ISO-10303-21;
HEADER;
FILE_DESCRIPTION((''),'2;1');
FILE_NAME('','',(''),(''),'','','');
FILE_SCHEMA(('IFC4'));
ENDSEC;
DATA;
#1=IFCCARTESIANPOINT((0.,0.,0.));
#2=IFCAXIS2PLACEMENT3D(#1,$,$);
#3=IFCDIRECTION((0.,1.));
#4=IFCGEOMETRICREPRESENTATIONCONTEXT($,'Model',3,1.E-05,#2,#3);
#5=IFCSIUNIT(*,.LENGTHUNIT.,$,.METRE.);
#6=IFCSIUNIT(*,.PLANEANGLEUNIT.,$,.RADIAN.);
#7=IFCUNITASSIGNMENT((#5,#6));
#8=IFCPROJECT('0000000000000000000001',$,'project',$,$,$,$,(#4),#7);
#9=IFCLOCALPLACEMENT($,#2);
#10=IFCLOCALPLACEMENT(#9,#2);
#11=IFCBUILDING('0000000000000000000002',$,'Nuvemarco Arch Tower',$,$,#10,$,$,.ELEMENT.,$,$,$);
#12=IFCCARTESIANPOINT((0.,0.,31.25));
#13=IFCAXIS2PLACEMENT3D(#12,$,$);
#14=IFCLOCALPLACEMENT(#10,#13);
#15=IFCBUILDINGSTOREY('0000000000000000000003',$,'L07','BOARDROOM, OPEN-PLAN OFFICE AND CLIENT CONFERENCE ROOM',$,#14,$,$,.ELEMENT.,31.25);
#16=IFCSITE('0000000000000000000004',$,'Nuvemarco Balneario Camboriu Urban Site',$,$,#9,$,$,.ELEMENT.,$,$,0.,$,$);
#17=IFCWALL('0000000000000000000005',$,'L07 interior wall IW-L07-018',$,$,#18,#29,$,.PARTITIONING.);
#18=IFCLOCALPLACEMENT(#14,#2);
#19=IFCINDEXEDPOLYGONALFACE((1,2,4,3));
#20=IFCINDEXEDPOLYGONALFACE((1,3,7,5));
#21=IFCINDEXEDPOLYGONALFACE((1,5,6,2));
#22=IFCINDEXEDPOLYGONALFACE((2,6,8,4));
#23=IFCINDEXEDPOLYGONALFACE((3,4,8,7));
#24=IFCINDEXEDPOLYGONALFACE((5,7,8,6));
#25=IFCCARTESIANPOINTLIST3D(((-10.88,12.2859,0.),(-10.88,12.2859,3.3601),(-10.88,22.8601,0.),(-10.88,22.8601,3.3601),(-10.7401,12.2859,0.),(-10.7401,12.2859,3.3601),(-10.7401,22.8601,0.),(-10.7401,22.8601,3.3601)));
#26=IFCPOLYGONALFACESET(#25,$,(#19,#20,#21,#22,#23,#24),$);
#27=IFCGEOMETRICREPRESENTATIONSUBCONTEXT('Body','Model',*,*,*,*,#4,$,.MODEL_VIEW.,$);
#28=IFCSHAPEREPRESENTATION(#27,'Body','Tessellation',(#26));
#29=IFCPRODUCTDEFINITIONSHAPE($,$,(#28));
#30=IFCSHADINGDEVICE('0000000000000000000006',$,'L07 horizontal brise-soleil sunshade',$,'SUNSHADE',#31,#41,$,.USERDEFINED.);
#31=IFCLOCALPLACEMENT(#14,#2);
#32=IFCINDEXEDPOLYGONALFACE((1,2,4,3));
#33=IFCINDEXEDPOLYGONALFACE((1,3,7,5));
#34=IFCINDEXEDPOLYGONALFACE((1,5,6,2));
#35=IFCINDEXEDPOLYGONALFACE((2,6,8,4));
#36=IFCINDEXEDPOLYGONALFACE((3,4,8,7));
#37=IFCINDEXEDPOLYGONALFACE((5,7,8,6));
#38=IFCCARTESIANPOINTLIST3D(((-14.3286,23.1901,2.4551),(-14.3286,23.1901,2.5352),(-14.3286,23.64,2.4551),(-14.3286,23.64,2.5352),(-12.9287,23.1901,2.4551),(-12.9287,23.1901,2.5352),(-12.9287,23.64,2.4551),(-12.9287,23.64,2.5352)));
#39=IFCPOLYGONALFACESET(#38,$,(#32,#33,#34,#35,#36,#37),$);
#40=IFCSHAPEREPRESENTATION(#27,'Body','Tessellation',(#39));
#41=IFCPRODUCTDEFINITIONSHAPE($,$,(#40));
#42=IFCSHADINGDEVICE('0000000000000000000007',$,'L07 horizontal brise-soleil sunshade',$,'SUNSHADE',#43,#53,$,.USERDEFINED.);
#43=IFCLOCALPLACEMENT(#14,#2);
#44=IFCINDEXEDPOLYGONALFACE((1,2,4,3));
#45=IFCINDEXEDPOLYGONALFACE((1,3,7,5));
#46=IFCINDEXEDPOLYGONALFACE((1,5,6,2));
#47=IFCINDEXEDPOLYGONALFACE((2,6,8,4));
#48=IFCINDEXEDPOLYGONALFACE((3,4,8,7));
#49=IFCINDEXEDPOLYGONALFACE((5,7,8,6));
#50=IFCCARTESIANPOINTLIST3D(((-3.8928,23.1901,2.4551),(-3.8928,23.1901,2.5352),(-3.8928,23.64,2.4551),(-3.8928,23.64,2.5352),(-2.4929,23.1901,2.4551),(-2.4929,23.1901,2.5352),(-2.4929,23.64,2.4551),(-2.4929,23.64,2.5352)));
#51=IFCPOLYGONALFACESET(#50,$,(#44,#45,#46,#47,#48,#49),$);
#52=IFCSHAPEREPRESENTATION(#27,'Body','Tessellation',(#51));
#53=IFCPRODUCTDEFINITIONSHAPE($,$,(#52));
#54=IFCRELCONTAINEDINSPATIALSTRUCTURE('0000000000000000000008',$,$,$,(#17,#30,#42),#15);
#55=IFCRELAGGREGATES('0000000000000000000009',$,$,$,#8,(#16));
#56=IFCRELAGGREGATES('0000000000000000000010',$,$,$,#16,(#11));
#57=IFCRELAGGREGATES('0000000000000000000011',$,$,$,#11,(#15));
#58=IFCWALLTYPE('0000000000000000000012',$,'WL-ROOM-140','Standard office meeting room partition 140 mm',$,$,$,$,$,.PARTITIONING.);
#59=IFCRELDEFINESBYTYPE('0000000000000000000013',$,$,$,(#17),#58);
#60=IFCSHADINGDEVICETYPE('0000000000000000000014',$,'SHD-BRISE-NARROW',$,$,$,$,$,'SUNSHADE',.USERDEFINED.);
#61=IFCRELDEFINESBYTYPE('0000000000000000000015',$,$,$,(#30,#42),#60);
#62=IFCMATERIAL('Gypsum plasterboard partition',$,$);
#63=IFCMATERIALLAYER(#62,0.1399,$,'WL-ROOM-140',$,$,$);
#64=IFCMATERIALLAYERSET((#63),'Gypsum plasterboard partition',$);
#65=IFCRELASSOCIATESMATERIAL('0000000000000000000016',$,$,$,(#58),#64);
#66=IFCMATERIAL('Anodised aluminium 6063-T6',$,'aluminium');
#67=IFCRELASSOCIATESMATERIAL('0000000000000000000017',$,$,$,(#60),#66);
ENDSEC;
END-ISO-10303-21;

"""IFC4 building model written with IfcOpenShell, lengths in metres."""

from ifc_helpers import new_model, si_unit, direction, frame, frame_2d, origin, origin_2d, place, context, subcontext, project, spatial, rectangle, extrude, source, transform, mapped, material, layer, layer_set, type_object, type_shapes, element, save


model = new_model("IFC4")

# Units and contexts
model_context = context("Model", 3, precision=1e-05, world=origin(), true_north=direction((0.0, 1.0)))
body_context = subcontext(model_context, "Body", "Model", "MODEL_VIEW")
ifc_project = project(units=[si_unit("LENGTHUNIT", "METRE"), si_unit("PLANEANGLEUNIT", "RADIAN")], contexts=[model_context])

# Site, building, storey
site_placement = place(None, origin())
site = spatial("IfcSite", under=ifc_project, at=site_placement, Name="Nuvemarco Balneario Camboriu Urban Site", CompositionType="ELEMENT", RefElevation=0.0)
building_placement = place(site_placement, origin())
building = spatial("IfcBuilding", under=site, at=building_placement, Name="Nuvemarco Arch Tower", CompositionType="ELEMENT")
storey_placement = place(building_placement, frame((0.0, 0.0, 31.25)))
storey = spatial("IfcBuildingStorey", under=building, at=storey_placement, Name="L07", Description="BOARDROOM, OPEN-PLAN OFFICE AND CLIENT CONFERENCE ROOM", CompositionType="ELEMENT", Elevation=31.25)

# Wall
ifc_material_1 = material(Name="Gypsum plasterboard partition")
ifc_layer_1 = layer(ifc_material_1, 0.1399, Name="WL-ROOM-140")
ifc_layer_set_1 = layer_set([ifc_layer_1], Name="Gypsum plasterboard partition")
wall_type_1 = type_object("IfcWallType", Name="WL-ROOM-140", Description="Standard office meeting room partition 140 mm", PredefinedType="PARTITIONING", material=ifc_layer_set_1)
wall_1_placement = place(storey_placement, frame((-10.8101, 12.2859, 0.0), z_axis=(0.0, 0.0, 1.0), x_axis=(0.0, 1.0, 0.0)))
element("IfcWall", 1, at=wall_1_placement, inside=storey, type_object=wall_type_1, Name="L07 interior wall IW-L07-018", PredefinedType="PARTITIONING", context=body_context, shape_type="SweptSolid", body=[
    extrude(rectangle(XDim=10.5742, YDim=0.1399, at=frame_2d((5.2871, 0.0))), origin(), (0.0, 0.0, 1.0), 3.3601),
])

# Shading devices
ifc_material_2 = material(Name="Anodised aluminium 6063-T6", Category="aluminium")
shading_device_type = type_object("IfcShadingDeviceType", Name="SHD-BRISE-NARROW", ElementType="SUNSHADE", PredefinedType="USERDEFINED", material=ifc_material_2)
shared_shape_1 = source(origin(), body_context, "Body", "SweptSolid", [
    extrude(rectangle(XDim=1.3999, YDim=0.45, at=origin_2d()), origin(), (0.0, 0.0, 1.0), 0.0801),
])
type_shapes(shading_device_type, [shared_shape_1])
for number, where, z_axis, x_axis, name in (
    (2, (-13.6287, 23.415, 2.4551), (0.0, 0.0, 1.0), (1.0, 0.0, 0.0), "L07 horizontal brise-soleil sunshade"),
    (3, (-3.1929, 23.415, 2.4551), (0.0, 0.0, 1.0), (1.0, 0.0, 0.0), "L07 horizontal brise-soleil sunshade"),
):
    element("IfcShadingDevice", number, at=place(storey_placement, frame(where, z_axis=z_axis, x_axis=x_axis)), inside=storey, type_object=shading_device_type, Name=name, ObjectType="SUNSHADE", PredefinedType="USERDEFINED", context=body_context, shape_type="MappedRepresentation", body=[
        mapped(shared_shape_1, transform((0.0, 0.0, 0.0), scale=1.0)),
    ])

save(model, "model.ifc")
